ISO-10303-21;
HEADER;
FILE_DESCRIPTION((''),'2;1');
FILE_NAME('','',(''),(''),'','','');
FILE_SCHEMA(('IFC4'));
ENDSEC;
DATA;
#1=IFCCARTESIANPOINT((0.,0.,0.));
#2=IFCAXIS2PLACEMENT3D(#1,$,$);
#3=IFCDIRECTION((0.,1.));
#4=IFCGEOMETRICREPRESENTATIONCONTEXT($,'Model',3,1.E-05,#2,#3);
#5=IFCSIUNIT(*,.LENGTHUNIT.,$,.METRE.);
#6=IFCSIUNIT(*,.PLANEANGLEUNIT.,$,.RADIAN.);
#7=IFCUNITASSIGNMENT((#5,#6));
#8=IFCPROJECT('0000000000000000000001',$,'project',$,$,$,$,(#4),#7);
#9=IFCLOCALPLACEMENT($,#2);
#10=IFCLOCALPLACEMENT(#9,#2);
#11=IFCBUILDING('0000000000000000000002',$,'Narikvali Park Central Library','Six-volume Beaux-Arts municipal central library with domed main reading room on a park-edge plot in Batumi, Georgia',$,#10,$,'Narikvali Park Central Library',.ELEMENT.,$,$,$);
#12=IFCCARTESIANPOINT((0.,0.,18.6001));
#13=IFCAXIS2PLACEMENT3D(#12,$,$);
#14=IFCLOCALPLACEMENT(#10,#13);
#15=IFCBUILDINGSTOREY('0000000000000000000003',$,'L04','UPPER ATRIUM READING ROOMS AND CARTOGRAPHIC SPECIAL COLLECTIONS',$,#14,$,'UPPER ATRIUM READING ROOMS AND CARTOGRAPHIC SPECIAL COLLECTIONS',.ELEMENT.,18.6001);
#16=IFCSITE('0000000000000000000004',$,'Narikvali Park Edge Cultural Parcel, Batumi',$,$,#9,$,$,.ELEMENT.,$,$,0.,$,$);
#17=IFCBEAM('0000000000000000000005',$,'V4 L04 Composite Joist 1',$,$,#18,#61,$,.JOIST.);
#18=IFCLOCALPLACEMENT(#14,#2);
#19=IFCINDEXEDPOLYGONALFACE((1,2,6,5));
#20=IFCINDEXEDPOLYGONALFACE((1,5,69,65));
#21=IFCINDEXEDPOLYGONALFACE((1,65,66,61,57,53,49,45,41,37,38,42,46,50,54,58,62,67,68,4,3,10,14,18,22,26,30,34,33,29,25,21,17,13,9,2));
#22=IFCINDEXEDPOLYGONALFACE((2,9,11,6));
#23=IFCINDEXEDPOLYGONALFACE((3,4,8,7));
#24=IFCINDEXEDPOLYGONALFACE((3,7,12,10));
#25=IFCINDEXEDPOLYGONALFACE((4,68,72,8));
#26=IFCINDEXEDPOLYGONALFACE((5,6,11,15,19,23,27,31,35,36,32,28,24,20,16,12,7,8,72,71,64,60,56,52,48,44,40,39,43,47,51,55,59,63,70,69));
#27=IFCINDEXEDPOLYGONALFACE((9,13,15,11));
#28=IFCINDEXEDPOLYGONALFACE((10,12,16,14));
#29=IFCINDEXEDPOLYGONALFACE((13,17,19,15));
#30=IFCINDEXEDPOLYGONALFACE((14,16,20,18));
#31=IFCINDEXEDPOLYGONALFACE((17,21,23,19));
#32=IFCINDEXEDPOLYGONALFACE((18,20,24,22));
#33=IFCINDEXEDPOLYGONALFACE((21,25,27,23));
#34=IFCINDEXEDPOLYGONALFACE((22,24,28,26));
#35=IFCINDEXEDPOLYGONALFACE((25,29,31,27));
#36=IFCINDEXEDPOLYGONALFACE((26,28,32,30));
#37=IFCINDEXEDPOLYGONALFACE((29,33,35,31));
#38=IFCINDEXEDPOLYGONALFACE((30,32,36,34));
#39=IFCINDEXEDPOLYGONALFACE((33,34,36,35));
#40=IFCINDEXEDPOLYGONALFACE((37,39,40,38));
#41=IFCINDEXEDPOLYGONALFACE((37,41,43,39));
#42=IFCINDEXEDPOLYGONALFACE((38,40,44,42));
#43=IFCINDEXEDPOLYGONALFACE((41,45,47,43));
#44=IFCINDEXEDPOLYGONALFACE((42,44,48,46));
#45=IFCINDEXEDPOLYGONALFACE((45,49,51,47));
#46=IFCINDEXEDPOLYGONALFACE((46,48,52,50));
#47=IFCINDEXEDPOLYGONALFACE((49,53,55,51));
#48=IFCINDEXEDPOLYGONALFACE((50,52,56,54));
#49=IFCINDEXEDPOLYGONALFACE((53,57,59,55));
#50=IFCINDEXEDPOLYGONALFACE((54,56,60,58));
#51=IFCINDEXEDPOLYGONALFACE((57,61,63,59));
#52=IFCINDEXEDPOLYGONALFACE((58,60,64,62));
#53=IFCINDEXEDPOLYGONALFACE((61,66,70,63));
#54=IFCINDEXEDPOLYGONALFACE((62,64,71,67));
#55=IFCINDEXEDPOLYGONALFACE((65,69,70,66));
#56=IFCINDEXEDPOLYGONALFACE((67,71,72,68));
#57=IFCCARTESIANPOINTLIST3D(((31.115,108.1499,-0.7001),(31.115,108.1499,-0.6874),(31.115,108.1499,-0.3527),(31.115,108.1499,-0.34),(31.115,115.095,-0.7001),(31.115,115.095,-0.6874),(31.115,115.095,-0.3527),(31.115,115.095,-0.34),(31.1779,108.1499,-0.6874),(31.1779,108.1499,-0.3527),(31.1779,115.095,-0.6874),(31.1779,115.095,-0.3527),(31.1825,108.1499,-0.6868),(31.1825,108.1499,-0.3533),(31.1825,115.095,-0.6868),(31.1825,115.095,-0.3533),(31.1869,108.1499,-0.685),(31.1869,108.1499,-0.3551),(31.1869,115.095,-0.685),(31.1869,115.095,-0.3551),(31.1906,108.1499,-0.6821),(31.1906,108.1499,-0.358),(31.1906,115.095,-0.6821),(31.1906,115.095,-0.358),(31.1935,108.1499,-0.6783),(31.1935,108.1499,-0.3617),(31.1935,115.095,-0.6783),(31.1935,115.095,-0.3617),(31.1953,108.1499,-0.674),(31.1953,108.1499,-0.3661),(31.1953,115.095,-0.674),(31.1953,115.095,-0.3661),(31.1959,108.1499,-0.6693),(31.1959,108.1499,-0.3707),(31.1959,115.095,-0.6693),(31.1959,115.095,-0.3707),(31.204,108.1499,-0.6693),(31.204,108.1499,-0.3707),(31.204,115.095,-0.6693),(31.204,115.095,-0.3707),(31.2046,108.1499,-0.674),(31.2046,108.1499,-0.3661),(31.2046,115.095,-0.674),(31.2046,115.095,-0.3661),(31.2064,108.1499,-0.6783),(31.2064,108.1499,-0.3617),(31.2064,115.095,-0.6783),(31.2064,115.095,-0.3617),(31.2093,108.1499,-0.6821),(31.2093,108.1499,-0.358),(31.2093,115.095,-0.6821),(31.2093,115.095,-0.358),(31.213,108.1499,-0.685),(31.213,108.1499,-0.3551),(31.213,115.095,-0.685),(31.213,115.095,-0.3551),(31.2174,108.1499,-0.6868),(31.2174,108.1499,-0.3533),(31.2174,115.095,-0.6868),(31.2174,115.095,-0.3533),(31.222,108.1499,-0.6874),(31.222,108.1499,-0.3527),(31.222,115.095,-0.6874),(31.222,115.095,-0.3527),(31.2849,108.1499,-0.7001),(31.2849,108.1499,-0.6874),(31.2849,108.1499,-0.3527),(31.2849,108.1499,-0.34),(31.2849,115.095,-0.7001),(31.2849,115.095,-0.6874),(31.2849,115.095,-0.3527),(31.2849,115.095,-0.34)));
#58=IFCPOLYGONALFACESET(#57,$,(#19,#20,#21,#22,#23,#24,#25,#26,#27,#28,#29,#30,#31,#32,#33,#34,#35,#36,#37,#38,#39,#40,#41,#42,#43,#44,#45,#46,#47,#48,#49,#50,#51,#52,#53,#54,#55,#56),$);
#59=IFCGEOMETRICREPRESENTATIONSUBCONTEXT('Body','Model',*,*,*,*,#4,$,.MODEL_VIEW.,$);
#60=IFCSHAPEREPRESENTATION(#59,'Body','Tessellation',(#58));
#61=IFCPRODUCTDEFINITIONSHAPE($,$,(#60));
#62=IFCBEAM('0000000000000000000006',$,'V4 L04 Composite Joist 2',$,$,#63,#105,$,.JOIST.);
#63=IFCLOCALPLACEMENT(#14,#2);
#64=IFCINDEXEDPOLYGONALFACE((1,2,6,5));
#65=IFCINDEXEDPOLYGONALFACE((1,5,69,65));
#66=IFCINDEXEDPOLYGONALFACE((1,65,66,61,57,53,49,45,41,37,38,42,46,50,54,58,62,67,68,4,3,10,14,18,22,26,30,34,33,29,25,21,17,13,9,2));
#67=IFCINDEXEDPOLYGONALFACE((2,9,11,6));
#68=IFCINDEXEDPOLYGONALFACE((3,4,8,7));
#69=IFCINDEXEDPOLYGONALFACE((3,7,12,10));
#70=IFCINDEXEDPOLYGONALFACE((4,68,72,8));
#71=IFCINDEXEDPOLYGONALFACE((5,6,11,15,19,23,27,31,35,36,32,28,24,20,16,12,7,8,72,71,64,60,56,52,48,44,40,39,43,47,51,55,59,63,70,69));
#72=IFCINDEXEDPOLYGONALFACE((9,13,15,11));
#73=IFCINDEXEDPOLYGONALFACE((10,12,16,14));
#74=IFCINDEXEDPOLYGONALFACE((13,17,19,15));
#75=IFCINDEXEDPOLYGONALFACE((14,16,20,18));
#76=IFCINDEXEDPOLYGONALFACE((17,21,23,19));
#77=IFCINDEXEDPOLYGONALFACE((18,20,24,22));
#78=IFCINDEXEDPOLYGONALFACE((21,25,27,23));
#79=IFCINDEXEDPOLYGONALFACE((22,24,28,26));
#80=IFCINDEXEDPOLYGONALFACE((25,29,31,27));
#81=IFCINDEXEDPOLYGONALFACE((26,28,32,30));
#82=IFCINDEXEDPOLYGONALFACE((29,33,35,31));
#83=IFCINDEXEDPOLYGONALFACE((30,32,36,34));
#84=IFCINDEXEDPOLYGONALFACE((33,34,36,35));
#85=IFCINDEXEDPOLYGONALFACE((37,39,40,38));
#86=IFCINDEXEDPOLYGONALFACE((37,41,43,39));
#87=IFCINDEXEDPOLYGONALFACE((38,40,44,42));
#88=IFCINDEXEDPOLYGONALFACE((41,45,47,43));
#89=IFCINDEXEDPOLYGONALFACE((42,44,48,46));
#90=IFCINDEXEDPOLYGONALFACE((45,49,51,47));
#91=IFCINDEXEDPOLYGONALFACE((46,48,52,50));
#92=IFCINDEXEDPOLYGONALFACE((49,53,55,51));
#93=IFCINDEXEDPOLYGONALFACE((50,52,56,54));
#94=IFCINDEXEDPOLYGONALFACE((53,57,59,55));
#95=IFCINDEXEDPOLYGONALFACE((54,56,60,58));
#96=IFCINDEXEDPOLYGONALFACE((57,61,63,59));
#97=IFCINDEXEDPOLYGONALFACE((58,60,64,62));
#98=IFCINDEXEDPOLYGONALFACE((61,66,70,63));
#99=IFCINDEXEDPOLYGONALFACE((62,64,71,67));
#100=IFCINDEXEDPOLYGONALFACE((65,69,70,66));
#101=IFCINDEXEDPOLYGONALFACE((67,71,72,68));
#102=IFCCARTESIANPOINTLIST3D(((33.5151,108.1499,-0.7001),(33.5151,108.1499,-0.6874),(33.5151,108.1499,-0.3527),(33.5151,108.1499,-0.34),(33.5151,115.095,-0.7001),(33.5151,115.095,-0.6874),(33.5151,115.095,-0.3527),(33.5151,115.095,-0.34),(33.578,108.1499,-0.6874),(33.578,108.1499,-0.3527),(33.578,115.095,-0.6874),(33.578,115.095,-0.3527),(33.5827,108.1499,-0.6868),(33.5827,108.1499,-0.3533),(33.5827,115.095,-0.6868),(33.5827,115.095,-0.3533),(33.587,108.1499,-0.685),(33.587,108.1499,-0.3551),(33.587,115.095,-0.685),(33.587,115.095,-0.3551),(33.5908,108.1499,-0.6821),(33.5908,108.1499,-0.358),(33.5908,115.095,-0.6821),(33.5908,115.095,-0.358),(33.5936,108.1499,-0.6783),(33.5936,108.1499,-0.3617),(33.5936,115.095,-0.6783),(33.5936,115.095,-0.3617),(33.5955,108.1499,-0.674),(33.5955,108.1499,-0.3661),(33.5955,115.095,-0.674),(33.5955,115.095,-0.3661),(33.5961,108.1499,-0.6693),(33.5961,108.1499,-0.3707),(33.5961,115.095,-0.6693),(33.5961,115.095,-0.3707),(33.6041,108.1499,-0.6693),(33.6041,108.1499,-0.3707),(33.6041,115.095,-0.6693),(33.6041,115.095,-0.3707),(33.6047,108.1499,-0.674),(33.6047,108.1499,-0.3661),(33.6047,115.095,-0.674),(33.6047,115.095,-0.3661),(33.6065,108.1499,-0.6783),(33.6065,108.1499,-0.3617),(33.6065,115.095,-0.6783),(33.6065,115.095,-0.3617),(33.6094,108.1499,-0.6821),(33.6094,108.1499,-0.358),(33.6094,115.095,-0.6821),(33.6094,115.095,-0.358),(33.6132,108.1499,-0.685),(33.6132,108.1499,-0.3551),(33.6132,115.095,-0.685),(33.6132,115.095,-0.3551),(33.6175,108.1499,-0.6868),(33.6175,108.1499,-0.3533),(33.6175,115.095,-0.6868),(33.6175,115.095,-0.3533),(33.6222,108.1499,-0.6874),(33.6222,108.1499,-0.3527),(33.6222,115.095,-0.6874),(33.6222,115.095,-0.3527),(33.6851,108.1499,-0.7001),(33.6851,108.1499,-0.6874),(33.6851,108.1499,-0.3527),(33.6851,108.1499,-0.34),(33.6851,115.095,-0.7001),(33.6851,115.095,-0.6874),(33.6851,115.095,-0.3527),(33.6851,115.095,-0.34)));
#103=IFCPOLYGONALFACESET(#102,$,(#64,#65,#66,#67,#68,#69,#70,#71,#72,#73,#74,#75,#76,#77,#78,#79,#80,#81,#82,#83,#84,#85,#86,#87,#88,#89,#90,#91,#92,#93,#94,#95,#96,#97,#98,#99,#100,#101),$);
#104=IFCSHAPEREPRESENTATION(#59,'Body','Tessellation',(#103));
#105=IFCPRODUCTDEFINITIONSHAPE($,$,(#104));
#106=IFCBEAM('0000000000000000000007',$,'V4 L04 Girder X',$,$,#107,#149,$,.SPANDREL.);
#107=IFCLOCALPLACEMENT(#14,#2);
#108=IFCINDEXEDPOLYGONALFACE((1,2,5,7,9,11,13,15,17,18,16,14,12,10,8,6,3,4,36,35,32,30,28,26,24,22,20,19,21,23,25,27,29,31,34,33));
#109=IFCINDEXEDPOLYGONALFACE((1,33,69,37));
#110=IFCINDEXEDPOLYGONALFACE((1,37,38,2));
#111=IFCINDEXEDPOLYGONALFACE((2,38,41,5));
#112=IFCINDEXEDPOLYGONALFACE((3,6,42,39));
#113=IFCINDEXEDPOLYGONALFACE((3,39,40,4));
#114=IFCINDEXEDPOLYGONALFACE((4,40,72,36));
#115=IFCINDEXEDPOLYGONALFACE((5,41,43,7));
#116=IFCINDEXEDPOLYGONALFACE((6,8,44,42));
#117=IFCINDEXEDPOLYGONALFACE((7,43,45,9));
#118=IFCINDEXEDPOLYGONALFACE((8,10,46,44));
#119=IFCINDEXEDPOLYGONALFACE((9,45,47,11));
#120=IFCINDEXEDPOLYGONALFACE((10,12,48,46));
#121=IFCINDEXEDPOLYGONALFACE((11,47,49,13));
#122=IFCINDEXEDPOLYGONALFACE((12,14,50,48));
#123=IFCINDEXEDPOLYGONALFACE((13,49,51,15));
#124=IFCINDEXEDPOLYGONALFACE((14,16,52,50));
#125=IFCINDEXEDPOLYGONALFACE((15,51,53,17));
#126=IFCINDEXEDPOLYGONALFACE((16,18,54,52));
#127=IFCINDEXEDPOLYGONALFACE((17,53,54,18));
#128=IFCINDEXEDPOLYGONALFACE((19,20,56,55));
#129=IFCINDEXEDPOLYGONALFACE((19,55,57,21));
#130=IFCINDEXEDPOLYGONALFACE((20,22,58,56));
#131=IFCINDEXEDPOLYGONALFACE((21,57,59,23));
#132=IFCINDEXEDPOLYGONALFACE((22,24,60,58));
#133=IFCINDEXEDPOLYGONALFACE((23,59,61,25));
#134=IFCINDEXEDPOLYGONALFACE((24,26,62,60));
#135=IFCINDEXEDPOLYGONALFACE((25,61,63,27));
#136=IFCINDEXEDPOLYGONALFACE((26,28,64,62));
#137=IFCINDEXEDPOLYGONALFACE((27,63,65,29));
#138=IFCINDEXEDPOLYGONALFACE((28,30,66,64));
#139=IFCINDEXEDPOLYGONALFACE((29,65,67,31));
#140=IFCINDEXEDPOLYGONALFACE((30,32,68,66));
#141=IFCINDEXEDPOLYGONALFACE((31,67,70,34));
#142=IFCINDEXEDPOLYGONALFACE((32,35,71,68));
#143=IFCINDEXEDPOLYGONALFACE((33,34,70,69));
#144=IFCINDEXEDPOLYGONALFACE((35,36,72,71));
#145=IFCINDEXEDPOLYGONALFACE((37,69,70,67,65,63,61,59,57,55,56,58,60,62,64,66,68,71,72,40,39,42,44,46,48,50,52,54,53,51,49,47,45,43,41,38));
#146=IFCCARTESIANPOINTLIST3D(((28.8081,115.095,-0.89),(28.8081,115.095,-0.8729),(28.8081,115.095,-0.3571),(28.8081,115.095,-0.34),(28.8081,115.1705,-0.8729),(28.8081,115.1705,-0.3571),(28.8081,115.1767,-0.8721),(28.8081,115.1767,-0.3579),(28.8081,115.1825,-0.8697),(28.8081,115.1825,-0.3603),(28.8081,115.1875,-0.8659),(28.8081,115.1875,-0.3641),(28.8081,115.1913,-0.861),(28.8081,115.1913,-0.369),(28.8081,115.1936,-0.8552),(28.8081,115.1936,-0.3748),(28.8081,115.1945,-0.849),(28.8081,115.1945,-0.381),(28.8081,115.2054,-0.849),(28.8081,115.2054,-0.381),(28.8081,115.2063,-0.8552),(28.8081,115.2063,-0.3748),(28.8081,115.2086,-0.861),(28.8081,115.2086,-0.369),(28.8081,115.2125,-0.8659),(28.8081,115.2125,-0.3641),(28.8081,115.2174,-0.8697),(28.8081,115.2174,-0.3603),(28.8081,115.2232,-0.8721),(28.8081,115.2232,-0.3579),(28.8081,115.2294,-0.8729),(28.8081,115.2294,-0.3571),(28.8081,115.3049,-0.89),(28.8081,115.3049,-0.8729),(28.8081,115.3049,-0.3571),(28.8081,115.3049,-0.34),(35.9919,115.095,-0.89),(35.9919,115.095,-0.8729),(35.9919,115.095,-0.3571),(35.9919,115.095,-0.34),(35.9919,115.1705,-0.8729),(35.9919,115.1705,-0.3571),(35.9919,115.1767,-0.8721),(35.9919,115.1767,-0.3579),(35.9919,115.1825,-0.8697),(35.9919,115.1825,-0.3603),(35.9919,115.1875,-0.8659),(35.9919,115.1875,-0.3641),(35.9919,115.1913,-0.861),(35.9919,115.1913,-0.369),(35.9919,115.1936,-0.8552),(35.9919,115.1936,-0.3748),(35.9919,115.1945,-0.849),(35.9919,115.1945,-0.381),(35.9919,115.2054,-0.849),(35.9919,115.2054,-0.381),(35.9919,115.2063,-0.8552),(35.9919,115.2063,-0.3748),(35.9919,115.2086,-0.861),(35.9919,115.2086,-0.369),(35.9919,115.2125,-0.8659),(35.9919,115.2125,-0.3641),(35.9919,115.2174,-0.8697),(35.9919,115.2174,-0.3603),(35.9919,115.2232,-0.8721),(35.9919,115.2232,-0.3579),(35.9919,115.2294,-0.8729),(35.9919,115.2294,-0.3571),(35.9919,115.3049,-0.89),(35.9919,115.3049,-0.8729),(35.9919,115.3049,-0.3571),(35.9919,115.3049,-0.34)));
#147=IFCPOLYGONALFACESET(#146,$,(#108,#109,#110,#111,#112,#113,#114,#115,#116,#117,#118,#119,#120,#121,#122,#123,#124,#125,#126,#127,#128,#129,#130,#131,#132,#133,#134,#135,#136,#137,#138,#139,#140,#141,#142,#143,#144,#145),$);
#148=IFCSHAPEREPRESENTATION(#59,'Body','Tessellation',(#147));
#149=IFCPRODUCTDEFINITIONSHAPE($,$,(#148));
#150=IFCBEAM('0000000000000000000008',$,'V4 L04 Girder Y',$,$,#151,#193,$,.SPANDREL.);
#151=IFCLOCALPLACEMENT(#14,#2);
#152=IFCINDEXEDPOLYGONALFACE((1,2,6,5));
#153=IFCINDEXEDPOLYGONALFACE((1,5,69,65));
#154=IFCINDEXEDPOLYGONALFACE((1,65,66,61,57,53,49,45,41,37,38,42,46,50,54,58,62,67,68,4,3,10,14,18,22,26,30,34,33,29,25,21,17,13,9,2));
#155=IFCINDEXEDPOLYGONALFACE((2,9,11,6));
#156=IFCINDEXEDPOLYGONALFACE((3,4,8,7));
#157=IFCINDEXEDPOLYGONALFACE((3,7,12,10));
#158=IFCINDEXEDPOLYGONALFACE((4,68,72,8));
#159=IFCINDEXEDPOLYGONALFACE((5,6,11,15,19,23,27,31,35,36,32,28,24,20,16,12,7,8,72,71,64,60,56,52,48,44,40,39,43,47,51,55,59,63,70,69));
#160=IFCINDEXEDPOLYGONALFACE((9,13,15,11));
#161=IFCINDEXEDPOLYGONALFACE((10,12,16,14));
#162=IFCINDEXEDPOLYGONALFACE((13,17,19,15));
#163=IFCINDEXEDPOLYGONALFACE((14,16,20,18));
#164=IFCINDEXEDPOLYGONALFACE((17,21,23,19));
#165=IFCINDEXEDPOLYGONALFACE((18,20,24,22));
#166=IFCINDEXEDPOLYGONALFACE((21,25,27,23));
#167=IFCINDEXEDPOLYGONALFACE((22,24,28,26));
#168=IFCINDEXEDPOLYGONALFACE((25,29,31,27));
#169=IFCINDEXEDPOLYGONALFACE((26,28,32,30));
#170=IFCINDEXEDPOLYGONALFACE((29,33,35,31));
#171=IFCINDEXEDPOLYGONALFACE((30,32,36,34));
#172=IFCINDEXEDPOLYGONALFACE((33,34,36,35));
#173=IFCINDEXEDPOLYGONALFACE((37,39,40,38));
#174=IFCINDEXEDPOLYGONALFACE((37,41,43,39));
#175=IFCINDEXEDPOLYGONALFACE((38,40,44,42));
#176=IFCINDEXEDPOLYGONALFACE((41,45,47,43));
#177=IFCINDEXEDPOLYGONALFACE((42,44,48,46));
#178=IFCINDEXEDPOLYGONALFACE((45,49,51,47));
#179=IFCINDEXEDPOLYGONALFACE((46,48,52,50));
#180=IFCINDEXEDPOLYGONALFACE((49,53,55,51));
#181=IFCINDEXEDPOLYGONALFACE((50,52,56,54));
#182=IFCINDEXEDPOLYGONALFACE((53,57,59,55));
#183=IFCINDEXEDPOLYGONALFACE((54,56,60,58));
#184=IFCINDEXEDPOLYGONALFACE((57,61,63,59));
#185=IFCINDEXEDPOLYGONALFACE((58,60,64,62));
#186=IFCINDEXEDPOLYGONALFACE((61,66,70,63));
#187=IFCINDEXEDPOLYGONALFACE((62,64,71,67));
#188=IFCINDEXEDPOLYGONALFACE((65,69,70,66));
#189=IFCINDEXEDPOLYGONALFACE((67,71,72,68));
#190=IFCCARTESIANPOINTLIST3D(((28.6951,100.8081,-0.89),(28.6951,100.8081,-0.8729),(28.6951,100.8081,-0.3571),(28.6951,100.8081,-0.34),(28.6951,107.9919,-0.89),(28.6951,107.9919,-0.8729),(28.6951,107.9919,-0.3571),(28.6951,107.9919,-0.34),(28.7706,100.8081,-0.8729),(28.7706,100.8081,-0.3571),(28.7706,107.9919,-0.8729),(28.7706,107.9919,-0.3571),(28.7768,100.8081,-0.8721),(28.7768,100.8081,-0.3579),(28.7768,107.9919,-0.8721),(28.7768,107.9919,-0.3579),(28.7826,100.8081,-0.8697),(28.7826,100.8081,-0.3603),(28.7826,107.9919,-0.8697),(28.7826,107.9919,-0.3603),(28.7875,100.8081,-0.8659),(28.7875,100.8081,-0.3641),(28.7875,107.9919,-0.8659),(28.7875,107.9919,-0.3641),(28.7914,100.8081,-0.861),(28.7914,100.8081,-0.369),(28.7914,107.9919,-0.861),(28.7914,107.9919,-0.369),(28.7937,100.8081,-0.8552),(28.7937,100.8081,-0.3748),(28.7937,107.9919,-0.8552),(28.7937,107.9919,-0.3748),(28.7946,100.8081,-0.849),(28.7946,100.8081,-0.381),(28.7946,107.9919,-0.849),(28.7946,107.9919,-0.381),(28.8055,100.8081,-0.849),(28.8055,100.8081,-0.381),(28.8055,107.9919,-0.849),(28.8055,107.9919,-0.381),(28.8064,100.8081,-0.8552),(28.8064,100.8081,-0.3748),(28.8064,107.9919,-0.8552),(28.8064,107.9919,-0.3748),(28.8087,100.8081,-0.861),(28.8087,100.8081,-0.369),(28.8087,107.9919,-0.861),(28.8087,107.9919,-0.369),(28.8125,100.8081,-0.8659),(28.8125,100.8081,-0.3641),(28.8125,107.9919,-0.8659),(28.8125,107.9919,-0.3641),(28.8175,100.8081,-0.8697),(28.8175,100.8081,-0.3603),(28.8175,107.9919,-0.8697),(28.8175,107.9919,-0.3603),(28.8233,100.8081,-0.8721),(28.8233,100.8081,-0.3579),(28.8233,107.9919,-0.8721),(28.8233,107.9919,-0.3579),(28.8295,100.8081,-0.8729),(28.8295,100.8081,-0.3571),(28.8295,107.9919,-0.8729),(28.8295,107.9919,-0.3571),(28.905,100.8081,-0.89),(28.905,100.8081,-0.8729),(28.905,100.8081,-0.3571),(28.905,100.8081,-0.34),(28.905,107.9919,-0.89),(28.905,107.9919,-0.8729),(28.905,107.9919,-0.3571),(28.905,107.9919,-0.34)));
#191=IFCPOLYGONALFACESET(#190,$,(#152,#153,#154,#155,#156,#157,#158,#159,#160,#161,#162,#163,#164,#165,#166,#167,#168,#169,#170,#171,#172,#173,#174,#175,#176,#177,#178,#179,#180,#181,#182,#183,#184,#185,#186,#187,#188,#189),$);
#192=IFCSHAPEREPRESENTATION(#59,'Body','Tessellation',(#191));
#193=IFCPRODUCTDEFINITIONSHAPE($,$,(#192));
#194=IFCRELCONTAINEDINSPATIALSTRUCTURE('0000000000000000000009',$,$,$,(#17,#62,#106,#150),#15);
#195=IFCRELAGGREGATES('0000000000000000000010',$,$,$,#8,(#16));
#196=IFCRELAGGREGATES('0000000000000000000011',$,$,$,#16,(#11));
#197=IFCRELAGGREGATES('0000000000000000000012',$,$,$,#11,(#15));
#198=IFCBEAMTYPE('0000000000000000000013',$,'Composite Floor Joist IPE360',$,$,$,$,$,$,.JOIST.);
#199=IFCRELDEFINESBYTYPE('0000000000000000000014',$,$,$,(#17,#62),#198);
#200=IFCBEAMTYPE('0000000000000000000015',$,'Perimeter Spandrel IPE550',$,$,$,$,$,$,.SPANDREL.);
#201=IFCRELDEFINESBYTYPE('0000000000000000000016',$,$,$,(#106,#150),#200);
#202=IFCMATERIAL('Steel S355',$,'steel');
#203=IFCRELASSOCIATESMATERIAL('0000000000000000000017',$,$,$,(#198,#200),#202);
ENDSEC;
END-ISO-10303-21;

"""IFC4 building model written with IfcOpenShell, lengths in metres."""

from ifc_helpers import new_model, si_unit, direction, frame, origin, origin_2d, place, context, subcontext, project, spatial, i_section, extrude, material, material_profile, profile_set, type_object, element, save


model = new_model("IFC4")

# Units and contexts
model_context = context("Model", 3, precision=1e-05, world=origin(), true_north=direction((0.0, 1.0)))
body_context = subcontext(model_context, "Body", "Model", "MODEL_VIEW")
ifc_project = project(units=[si_unit("LENGTHUNIT", "METRE"), si_unit("PLANEANGLEUNIT", "RADIAN")], contexts=[model_context])

# Site, building, storey
site_placement = place(None, origin())
site = spatial("IfcSite", under=ifc_project, at=site_placement, Name="Narikvali Park Edge Cultural Parcel, Batumi", CompositionType="ELEMENT", RefElevation=0.0)
building_placement = place(site_placement, origin())
building = spatial("IfcBuilding", under=site, at=building_placement, Name="Narikvali Park Central Library", Description="Six-volume Beaux-Arts municipal central library with domed main reading room on a park-edge plot in Batumi, Georgia", LongName="Narikvali Park Central Library", CompositionType="ELEMENT")
storey_placement = place(building_placement, frame((0.0, 0.0, 18.6001)))
storey = spatial("IfcBuildingStorey", under=building, at=storey_placement, Name="L04", Description="UPPER ATRIUM READING ROOMS AND CARTOGRAPHIC SPECIAL COLLECTIONS", LongName="UPPER ATRIUM READING ROOMS AND CARTOGRAPHIC SPECIAL COLLECTIONS", CompositionType="ELEMENT", Elevation=18.6001)

# Shared definitions
ifc_material_1 = material(Name="Steel S355", Category="steel")

# Beams
ifc_material_profile_1 = material_profile(ifc_material_1, i_section(OverallWidth=0.1699, OverallDepth=0.3601, WebThickness=0.0081, FlangeThickness=0.0127, FilletRadius=0.0181, at=origin_2d()), Name="IPE 360")
ifc_profile_set_1 = profile_set([ifc_material_profile_1], Name="Steel S355")
beam_type_1 = type_object("IfcBeamType", Name="Composite Floor Joist IPE360", PredefinedType="JOIST", material=ifc_profile_set_1)
for number, where, z_axis, x_axis, name in (
    (1, (31.2, 108.1499, -0.52), (0.0, 1.0, 0.0), (-1.0, 0.0, 0.0), "V4 L04 Composite Joist 1"),
    (2, (33.6001, 108.1499, -0.52), (0.0, 1.0, 0.0), (-1.0, 0.0, 0.0), "V4 L04 Composite Joist 2"),
):
    element("IfcBeam", number, at=place(storey_placement, frame(where, z_axis=z_axis, x_axis=x_axis)), inside=storey, type_object=beam_type_1, Name=name, PredefinedType="JOIST", context=body_context, shape_type="SweptSolid", body=[
        extrude(i_section(OverallWidth=0.1699, OverallDepth=0.3601, WebThickness=0.0081, FlangeThickness=0.0127, FilletRadius=0.0181, at=origin_2d()), origin(), (0.0, 0.0, 1.0), 6.9451),
    ])
ifc_material_profile_2 = material_profile(ifc_material_1, i_section(OverallWidth=0.21, OverallDepth=0.55, WebThickness=0.011, FlangeThickness=0.0171, FilletRadius=0.0239, at=origin_2d()), Name="IPE 550")
ifc_profile_set_2 = profile_set([ifc_material_profile_2], Name="Steel S355")
beam_type_2 = type_object("IfcBeamType", Name="Perimeter Spandrel IPE550", PredefinedType="SPANDREL", material=ifc_profile_set_2)
for number, where, z_axis, x_axis, name in (
    (3, (28.8081, 115.2, -0.615), (1.0, 0.0, 0.0), (0.0, 1.0, 0.0), "V4 L04 Girder X"),
    (4, (28.8, 100.8081, -0.615), (0.0, 1.0, 0.0), (-1.0, 0.0, 0.0), "V4 L04 Girder Y"),
):
    element("IfcBeam", number, at=place(storey_placement, frame(where, z_axis=z_axis, x_axis=x_axis)), inside=storey, type_object=beam_type_2, Name=name, PredefinedType="SPANDREL", context=body_context, shape_type="SweptSolid", body=[
        extrude(i_section(OverallWidth=0.21, OverallDepth=0.55, WebThickness=0.011, FlangeThickness=0.0171, FilletRadius=0.0239, at=origin_2d()), origin(), (0.0, 0.0, 1.0), 7.1838),
    ])

save(model, "model.ifc")
